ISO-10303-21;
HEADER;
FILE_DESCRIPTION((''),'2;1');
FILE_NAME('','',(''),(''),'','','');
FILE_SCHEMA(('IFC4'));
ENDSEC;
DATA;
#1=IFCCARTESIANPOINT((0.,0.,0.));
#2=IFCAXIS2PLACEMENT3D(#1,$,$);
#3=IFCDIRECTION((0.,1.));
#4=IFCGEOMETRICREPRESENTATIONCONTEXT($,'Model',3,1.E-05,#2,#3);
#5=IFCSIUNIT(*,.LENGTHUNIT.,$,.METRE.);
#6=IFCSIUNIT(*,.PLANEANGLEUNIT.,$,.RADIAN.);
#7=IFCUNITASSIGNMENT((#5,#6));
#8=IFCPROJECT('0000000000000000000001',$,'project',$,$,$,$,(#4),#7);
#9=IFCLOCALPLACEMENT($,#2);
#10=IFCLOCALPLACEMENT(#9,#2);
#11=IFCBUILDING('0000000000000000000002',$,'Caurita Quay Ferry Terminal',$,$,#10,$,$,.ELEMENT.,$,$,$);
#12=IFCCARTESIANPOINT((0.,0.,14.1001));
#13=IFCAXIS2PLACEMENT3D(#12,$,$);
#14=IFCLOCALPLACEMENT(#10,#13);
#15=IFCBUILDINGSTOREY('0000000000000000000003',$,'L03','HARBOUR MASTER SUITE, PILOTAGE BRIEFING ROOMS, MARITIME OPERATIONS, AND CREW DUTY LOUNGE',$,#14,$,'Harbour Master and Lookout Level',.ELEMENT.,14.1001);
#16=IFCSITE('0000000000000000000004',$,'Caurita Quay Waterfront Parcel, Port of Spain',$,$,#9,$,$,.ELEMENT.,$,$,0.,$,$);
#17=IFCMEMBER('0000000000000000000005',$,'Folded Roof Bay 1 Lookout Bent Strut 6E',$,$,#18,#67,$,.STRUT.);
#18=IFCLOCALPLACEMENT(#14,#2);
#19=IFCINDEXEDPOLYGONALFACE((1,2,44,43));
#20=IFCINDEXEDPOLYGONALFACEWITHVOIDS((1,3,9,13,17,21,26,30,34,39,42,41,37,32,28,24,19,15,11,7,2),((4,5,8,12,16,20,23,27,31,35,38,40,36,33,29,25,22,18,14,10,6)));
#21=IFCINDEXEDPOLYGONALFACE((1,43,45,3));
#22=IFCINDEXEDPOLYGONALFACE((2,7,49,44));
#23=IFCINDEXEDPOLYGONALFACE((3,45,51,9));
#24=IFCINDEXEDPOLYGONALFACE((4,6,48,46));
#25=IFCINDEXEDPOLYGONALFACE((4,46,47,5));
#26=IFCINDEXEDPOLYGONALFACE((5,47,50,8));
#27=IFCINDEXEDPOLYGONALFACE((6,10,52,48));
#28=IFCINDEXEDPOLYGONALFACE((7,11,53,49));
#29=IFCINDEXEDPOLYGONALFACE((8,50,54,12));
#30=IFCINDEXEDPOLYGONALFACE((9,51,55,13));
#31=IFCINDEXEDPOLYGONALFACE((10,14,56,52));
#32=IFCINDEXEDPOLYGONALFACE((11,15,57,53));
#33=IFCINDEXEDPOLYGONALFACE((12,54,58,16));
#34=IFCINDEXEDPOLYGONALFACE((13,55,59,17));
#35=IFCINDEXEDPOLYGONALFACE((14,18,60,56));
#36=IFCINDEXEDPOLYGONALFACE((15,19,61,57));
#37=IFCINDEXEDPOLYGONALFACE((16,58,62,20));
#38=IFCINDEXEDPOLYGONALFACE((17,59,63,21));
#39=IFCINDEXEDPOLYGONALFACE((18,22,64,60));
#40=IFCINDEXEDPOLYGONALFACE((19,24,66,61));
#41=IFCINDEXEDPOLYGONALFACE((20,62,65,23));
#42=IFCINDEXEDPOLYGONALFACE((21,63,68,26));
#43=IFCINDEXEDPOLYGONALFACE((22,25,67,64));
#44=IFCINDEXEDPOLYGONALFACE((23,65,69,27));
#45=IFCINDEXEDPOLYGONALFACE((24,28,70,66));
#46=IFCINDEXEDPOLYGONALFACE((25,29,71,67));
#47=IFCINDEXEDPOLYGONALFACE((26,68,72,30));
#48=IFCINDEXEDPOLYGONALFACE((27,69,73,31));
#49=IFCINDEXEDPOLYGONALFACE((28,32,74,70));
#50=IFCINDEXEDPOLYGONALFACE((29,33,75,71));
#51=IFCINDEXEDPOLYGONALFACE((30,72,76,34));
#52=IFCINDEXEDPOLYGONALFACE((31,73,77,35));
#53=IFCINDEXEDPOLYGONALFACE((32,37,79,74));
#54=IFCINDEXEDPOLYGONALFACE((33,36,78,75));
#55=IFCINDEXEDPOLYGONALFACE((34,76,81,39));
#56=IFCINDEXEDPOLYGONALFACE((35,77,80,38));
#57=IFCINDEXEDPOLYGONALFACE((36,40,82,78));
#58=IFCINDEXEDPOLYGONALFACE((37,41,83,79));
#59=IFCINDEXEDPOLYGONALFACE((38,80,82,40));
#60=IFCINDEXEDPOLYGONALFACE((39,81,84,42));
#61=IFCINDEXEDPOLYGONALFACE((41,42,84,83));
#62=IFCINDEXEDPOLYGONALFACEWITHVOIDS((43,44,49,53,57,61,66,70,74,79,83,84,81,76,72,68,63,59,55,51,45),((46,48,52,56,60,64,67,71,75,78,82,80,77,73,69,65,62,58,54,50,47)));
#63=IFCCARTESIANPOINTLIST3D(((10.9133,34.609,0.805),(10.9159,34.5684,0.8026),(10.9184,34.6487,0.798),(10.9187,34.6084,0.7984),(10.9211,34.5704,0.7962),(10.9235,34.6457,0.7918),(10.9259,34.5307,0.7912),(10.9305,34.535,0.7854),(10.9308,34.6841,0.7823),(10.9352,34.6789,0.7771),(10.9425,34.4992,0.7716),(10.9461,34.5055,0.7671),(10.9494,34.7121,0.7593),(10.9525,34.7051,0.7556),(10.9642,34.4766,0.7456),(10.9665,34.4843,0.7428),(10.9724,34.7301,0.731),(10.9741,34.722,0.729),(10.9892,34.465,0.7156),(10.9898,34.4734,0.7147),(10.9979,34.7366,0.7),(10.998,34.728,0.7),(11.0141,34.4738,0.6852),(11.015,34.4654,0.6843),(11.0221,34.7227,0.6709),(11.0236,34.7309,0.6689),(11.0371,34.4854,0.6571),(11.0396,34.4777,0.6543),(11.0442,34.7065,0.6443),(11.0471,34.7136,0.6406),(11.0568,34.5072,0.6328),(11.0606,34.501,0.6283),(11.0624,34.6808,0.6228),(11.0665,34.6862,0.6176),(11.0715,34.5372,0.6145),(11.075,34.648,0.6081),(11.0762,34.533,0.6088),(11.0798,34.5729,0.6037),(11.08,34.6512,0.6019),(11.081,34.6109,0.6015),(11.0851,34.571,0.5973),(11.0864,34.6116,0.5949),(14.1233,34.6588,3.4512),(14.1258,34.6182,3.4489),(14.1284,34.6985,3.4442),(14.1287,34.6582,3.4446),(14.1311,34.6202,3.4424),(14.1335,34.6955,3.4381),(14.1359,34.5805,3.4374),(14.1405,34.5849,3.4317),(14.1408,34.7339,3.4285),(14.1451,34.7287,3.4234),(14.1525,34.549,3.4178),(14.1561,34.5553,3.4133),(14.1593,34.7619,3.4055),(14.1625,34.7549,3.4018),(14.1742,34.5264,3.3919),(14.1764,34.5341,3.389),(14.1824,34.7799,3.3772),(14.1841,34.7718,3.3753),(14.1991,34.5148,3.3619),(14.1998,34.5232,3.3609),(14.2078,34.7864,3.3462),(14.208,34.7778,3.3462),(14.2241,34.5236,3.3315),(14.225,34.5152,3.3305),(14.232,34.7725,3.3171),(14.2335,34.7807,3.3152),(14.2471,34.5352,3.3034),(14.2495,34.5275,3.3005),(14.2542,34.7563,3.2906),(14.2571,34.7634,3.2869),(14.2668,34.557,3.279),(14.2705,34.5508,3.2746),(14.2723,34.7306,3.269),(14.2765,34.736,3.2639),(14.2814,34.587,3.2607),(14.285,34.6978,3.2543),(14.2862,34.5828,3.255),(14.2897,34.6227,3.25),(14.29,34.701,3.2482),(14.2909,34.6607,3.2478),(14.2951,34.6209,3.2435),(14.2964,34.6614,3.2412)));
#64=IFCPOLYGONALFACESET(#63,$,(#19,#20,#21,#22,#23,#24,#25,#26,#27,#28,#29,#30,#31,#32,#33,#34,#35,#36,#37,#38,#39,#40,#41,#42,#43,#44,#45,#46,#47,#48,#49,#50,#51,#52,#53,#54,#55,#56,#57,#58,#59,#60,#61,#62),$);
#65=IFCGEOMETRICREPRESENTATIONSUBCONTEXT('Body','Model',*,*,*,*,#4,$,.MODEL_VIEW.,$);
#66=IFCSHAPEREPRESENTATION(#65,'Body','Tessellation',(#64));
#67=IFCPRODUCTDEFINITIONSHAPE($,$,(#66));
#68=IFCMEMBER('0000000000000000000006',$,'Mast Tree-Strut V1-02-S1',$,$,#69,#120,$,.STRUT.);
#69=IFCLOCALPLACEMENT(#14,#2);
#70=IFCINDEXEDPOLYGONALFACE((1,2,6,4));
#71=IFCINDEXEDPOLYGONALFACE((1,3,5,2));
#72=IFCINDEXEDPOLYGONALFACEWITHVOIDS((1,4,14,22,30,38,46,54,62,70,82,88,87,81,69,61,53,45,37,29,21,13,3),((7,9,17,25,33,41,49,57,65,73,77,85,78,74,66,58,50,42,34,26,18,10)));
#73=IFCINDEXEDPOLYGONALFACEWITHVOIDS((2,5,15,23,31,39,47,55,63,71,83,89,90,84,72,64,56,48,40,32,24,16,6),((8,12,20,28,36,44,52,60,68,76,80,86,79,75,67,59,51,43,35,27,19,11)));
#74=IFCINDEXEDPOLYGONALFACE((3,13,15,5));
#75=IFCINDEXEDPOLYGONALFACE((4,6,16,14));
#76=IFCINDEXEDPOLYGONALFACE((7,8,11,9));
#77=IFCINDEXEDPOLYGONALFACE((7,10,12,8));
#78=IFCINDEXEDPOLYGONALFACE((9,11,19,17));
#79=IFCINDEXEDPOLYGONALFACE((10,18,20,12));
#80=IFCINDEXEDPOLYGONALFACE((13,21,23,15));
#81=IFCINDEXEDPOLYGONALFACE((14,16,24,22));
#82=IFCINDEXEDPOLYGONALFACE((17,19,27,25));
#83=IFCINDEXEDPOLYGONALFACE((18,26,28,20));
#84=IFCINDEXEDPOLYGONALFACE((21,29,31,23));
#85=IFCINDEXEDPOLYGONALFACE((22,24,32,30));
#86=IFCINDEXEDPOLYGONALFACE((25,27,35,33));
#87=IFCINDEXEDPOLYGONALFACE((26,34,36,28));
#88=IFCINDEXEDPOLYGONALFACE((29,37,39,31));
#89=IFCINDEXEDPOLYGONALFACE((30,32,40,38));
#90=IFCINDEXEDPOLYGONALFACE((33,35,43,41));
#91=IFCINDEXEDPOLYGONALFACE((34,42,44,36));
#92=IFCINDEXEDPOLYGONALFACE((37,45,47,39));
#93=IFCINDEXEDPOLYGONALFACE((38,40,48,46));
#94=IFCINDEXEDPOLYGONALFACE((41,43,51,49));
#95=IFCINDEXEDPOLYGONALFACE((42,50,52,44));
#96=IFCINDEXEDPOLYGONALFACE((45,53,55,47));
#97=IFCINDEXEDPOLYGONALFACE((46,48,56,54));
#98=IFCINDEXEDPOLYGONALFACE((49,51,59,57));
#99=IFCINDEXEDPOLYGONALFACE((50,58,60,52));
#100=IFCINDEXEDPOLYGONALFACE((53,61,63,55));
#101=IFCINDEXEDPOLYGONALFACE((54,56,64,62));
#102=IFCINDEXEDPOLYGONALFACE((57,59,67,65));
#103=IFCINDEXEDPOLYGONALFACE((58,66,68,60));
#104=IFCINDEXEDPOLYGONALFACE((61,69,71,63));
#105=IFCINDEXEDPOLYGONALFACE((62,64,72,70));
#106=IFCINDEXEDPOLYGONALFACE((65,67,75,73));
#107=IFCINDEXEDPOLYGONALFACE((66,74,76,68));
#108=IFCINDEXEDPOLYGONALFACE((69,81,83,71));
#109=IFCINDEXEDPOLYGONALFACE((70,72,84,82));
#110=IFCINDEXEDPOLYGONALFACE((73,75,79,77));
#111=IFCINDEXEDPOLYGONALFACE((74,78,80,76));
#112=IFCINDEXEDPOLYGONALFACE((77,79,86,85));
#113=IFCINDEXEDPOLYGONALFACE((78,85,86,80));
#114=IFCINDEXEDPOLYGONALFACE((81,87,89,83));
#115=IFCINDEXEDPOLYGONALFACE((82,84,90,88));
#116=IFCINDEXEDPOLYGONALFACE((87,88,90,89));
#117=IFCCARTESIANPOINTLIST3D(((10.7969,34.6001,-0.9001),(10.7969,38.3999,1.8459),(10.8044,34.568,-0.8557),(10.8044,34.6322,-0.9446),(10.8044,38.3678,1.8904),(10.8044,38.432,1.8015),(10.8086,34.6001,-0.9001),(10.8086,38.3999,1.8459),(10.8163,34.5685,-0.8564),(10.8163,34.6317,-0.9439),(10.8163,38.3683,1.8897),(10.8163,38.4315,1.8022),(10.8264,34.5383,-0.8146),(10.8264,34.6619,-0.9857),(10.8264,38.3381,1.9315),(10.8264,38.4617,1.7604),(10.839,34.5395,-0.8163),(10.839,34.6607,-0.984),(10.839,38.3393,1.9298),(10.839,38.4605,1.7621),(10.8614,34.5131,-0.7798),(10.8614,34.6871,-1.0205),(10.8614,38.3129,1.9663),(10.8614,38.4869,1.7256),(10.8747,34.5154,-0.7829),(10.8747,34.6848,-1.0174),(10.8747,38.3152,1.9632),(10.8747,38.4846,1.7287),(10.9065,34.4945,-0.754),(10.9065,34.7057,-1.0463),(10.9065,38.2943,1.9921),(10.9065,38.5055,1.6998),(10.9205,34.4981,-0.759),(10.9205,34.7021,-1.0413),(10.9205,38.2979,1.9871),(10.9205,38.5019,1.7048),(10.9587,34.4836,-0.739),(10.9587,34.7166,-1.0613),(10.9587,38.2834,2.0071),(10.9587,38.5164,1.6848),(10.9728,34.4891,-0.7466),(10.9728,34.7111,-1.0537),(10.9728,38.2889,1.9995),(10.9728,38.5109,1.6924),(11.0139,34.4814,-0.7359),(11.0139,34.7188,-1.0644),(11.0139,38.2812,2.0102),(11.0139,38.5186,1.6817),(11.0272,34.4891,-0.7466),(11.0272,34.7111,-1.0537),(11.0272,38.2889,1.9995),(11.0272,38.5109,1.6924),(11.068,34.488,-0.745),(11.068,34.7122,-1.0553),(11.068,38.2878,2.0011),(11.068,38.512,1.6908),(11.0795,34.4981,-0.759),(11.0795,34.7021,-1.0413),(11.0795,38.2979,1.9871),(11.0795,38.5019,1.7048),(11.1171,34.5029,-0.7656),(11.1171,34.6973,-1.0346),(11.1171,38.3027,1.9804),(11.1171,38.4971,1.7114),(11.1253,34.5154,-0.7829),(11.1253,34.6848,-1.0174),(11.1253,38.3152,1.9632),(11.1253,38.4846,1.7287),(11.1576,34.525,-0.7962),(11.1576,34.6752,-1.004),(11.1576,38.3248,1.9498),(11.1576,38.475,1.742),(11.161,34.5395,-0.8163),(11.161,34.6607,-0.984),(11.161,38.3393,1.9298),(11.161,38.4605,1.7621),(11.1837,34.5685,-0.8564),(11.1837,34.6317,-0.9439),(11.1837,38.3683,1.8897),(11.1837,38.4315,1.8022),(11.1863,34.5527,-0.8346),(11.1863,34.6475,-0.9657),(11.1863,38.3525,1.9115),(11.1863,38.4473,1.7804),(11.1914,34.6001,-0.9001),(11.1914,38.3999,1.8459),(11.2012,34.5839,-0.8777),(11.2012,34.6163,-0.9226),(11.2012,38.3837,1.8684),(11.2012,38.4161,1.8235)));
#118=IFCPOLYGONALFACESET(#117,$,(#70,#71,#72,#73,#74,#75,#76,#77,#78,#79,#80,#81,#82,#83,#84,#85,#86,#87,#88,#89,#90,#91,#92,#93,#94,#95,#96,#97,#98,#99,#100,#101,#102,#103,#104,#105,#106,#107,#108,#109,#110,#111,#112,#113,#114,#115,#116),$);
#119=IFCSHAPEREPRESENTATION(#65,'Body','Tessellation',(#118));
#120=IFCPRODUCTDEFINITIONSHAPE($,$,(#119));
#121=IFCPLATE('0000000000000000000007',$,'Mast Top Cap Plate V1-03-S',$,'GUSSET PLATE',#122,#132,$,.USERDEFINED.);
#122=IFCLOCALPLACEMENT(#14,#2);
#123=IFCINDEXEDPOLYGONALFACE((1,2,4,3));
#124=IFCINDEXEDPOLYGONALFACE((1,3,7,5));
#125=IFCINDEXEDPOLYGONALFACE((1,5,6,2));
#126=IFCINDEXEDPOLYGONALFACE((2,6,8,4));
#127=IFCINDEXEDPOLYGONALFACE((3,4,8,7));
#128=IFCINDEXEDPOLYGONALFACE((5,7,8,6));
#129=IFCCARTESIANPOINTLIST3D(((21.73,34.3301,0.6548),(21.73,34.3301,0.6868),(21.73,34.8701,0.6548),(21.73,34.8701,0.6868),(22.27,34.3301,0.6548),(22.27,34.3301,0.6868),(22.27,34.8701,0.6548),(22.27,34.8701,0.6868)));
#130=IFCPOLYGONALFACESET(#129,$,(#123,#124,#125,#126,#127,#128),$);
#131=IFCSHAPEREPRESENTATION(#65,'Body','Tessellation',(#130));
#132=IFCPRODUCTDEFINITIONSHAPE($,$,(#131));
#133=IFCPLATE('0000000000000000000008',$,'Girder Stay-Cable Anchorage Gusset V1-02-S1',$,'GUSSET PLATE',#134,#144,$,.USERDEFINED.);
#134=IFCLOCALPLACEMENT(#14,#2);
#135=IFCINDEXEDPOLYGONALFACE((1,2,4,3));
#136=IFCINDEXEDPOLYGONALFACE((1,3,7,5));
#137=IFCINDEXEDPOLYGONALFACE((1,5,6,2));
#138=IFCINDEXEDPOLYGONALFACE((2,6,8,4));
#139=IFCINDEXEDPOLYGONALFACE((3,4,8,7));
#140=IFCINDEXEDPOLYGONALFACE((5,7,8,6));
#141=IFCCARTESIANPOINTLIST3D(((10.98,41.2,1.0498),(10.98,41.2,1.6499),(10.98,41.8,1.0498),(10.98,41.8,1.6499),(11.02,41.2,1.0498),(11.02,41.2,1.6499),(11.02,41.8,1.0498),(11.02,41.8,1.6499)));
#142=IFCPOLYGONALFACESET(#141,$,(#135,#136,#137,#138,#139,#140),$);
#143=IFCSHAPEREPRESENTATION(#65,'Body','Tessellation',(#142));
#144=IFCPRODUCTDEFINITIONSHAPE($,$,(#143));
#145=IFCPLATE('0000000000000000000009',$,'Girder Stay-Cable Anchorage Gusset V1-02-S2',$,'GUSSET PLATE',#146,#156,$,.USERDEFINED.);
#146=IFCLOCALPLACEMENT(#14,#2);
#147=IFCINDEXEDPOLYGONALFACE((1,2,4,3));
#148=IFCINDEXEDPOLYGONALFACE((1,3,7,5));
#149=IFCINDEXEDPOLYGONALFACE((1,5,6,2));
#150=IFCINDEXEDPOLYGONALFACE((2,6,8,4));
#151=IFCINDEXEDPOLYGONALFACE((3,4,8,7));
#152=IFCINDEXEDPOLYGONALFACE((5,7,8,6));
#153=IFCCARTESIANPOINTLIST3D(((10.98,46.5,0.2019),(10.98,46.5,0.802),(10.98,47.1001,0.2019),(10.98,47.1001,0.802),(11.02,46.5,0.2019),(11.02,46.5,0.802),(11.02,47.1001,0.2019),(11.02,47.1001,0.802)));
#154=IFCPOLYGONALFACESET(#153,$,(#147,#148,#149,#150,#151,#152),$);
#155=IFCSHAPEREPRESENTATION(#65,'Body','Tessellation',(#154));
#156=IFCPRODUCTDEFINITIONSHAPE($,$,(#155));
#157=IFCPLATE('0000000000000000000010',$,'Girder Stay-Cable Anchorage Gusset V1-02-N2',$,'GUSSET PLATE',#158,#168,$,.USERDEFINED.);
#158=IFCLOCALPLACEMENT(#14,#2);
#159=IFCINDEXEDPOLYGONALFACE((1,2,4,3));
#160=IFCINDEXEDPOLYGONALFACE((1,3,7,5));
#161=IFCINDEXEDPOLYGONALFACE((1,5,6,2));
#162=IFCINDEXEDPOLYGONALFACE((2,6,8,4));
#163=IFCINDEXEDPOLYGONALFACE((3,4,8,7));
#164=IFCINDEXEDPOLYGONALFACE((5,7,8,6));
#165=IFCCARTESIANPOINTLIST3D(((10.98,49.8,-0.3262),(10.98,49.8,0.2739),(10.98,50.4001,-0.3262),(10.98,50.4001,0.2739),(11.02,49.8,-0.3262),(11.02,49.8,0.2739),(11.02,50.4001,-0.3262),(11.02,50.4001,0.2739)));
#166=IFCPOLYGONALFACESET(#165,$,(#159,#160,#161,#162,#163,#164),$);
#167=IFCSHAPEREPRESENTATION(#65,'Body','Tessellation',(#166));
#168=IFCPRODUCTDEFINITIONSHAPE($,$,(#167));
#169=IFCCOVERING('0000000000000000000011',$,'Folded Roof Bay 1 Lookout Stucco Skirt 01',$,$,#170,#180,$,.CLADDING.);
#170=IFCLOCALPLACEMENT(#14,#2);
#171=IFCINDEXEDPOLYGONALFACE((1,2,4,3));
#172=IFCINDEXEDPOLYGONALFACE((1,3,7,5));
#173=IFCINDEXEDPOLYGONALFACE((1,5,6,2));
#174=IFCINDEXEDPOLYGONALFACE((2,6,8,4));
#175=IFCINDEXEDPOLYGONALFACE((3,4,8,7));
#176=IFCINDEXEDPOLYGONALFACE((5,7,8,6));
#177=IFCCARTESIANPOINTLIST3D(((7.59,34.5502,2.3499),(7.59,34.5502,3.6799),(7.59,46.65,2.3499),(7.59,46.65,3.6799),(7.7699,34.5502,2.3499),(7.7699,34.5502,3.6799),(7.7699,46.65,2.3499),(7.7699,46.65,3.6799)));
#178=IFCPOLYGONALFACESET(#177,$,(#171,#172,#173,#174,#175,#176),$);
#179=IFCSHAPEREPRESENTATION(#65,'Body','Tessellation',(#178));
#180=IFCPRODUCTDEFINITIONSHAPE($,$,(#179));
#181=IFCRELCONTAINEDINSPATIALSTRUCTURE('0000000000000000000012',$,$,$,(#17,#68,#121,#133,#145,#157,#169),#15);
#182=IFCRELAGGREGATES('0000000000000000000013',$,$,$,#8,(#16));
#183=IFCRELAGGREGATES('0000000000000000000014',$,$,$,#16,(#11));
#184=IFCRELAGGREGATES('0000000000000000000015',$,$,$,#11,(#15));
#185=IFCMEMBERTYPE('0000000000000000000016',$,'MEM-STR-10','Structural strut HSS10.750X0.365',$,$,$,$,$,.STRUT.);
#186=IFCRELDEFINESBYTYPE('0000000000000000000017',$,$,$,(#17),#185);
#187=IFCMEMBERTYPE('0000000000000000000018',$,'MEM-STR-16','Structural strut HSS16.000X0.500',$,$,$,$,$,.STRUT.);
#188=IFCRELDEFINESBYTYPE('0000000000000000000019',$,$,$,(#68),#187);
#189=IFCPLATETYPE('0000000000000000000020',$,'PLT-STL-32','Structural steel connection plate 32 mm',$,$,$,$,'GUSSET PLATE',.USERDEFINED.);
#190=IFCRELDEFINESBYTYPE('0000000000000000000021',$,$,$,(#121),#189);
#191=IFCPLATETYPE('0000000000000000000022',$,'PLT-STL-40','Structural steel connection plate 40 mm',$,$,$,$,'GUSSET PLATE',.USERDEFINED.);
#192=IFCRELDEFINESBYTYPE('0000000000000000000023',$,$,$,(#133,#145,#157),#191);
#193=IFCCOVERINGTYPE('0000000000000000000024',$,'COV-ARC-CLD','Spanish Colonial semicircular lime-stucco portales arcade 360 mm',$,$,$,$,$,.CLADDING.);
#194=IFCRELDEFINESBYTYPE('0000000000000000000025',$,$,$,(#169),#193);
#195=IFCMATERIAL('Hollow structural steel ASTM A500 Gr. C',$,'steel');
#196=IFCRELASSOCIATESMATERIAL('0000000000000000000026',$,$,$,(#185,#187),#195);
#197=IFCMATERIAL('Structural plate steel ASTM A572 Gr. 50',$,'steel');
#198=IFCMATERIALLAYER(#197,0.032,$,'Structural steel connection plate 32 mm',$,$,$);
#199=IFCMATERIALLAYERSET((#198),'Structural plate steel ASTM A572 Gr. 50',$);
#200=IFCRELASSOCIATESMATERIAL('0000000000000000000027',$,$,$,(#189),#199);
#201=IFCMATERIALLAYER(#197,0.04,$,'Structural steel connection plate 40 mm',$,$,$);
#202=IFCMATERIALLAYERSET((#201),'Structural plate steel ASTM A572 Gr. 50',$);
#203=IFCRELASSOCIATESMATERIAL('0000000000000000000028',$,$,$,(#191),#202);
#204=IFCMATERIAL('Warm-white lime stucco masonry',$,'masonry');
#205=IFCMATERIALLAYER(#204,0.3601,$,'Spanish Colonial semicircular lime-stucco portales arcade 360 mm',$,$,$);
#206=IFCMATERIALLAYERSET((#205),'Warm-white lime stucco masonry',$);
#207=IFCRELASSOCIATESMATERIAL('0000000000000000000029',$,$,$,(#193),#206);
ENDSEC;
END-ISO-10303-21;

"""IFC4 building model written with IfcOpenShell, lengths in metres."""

from ifc_helpers import new_model, si_unit, direction, frame, frame_2d, origin, origin_2d, place, context, subcontext, project, spatial, rectangle, hollow_circle, extrude, material, layer, layer_set, material_profile, profile_set, type_object, element, save


model = new_model("IFC4")

# Units and contexts
model_context = context("Model", 3, precision=1e-05, world=origin(), true_north=direction((0.0, 1.0)))
body_context = subcontext(model_context, "Body", "Model", "MODEL_VIEW")
ifc_project = project(units=[si_unit("LENGTHUNIT", "METRE"), si_unit("PLANEANGLEUNIT", "RADIAN")], contexts=[model_context])

# Site, building, storey
site_placement = place(None, origin())
site = spatial("IfcSite", under=ifc_project, at=site_placement, Name="Caurita Quay Waterfront Parcel, Port of Spain", CompositionType="ELEMENT", RefElevation=0.0)
building_placement = place(site_placement, origin())
building = spatial("IfcBuilding", under=site, at=building_placement, Name="Caurita Quay Ferry Terminal", CompositionType="ELEMENT")
storey_placement = place(building_placement, frame((0.0, 0.0, 14.1001)))
storey = spatial("IfcBuildingStorey", under=building, at=storey_placement, Name="L03", Description="HARBOUR MASTER SUITE, PILOTAGE BRIEFING ROOMS, MARITIME OPERATIONS, AND CREW DUTY LOUNGE", LongName="Harbour Master and Lookout Level", CompositionType="ELEMENT", Elevation=14.1001)

# Shared definitions
ifc_material_1 = material(Name="Hollow structural steel ASTM A500 Gr. C", Category="steel")

# Members
ifc_material_profile_1 = material_profile(ifc_material_1, hollow_circle(Radius=0.1365, WallThickness=0.0085, at=origin_2d()), Name="HSS10.750X0.365")
ifc_profile_set_1 = profile_set([ifc_material_profile_1], Name="Hollow structural steel ASTM A500 Gr. C")
member_type_1 = type_object("IfcMemberType", Name="MEM-STR-10", Description="Structural strut HSS10.750X0.365", PredefinedType="STRUT", material=ifc_profile_set_1)
for number, where, z_axis, x_axis, name in (
    (1, (11.0, 34.6001, 0.7), (0.771551, 0.011971, 0.636054), (-0.015514, 0.99988, 0.0), "Folded Roof Bay 1 Lookout Bent Strut 6E"),
):
    element("IfcMember", number, at=place(storey_placement, frame(where, z_axis=z_axis, x_axis=x_axis)), inside=storey, type_object=member_type_1, Name=name, PredefinedType="STRUT", context=body_context, shape_type="SweptSolid", body=[
        extrude(hollow_circle(Radius=0.1365, WallThickness=0.0085, at=origin_2d()), origin(), (0.0, 0.0, 1.0), 4.1604),
    ])
ifc_material_profile_2 = material_profile(ifc_material_1, hollow_circle(Radius=0.2031, WallThickness=0.0117, at=origin_2d()), Name="HSS16.000X0.500")
ifc_profile_set_2 = profile_set([ifc_material_profile_2], Name="Hollow structural steel ASTM A500 Gr. C")
member_type_2 = type_object("IfcMemberType", Name="MEM-STR-16", Description="Structural strut HSS16.000X0.500", PredefinedType="STRUT", material=ifc_profile_set_2)
member_1_placement = place(storey_placement, frame((11.0, 34.6001, -0.9001), z_axis=(0.0, 0.810498, 0.585742), x_axis=(-1.0, 0.0, 0.0)))
element("IfcMember", 2, at=member_1_placement, inside=storey, type_object=member_type_2, Name="Mast Tree-Strut V1-02-S1", PredefinedType="STRUT", context=body_context, shape_type="SweptSolid", body=[
    extrude(hollow_circle(Radius=0.2031, WallThickness=0.0117, at=origin_2d()), origin(), (0.0, 0.0, 1.0), 4.6882),
])

# Plates
ifc_material_2 = material(Name="Structural plate steel ASTM A572 Gr. 50", Category="steel")
ifc_layer_1 = layer(ifc_material_2, 0.032, Name="Structural steel connection plate 32 mm")
ifc_layer_set_1 = layer_set([ifc_layer_1], Name="Structural plate steel ASTM A572 Gr. 50")
plate_type_1 = type_object("IfcPlateType", Name="PLT-STL-32", Description="Structural steel connection plate 32 mm", ElementType="GUSSET PLATE", PredefinedType="USERDEFINED", material=ifc_layer_set_1)
plate_placement = place(storey_placement, frame((22.0, 34.6001, 0.6548), z_axis=(0.0, 0.0, 1.0), x_axis=(1.0, 0.0, 0.0)))
element("IfcPlate", 3, at=plate_placement, inside=storey, type_object=plate_type_1, Name="Mast Top Cap Plate V1-03-S", ObjectType="GUSSET PLATE", PredefinedType="USERDEFINED", context=body_context, shape_type="SweptSolid", body=[
    extrude(rectangle(XDim=0.54, YDim=0.54, at=origin_2d()), origin(), (0.0, 0.0, 1.0), 0.032),
])
ifc_layer_2 = layer(ifc_material_2, 0.04, Name="Structural steel connection plate 40 mm")
ifc_layer_set_2 = layer_set([ifc_layer_2], Name="Structural plate steel ASTM A572 Gr. 50")
plate_type_2 = type_object("IfcPlateType", Name="PLT-STL-40", Description="Structural steel connection plate 40 mm", ElementType="GUSSET PLATE", PredefinedType="USERDEFINED", material=ifc_layer_set_2)
for number, where, z_axis, x_axis, name in (
    (4, (11.0, 41.5, 1.0498), (0.0, 0.0, 1.0), (1.0, 0.0, 0.0), "Girder Stay-Cable Anchorage Gusset V1-02-S1"),
    (5, (11.0, 46.8, 0.2019), (0.0, 0.0, 1.0), (1.0, 0.0, 0.0), "Girder Stay-Cable Anchorage Gusset V1-02-S2"),
    (6, (11.0, 50.1001, -0.3262), (0.0, 0.0, 1.0), (1.0, 0.0, 0.0), "Girder Stay-Cable Anchorage Gusset V1-02-N2"),
):
    element("IfcPlate", number, at=place(storey_placement, frame(where, z_axis=z_axis, x_axis=x_axis)), inside=storey, type_object=plate_type_2, Name=name, ObjectType="GUSSET PLATE", PredefinedType="USERDEFINED", context=body_context, shape_type="SweptSolid", body=[
        extrude(rectangle(XDim=0.04, YDim=0.6001, at=origin_2d()), origin(), (0.0, 0.0, 1.0), 0.6001),
    ])

# Covering
ifc_material_3 = material(Name="Warm-white lime stucco masonry", Category="masonry")
ifc_layer_3 = layer(ifc_material_3, 0.3601, Name="Spanish Colonial semicircular lime-stucco portales arcade 360 mm")
ifc_layer_set_3 = layer_set([ifc_layer_3], Name="Warm-white lime stucco masonry")
covering_type = type_object("IfcCoveringType", Name="COV-ARC-CLD", Description="Spanish Colonial semicircular lime-stucco portales arcade 360 mm", PredefinedType="CLADDING", material=ifc_layer_set_3)
covering_placement = place(storey_placement, frame((7.6799, 46.6499, 2.3499), z_axis=(0.0, 0.0, 1.0), x_axis=(0.0, -1.0, 0.0)))
element("IfcCovering", 7, at=covering_placement, inside=storey, type_object=covering_type, Name="Folded Roof Bay 1 Lookout Stucco Skirt 01", PredefinedType="CLADDING", context=body_context, shape_type="SweptSolid", body=[
    extrude(rectangle(XDim=12.0999, YDim=0.1799, at=frame_2d((6.0498, 0.0))), origin(), (0.0, 0.0, 1.0), 1.3301),
])

save(model, "model.ifc")
